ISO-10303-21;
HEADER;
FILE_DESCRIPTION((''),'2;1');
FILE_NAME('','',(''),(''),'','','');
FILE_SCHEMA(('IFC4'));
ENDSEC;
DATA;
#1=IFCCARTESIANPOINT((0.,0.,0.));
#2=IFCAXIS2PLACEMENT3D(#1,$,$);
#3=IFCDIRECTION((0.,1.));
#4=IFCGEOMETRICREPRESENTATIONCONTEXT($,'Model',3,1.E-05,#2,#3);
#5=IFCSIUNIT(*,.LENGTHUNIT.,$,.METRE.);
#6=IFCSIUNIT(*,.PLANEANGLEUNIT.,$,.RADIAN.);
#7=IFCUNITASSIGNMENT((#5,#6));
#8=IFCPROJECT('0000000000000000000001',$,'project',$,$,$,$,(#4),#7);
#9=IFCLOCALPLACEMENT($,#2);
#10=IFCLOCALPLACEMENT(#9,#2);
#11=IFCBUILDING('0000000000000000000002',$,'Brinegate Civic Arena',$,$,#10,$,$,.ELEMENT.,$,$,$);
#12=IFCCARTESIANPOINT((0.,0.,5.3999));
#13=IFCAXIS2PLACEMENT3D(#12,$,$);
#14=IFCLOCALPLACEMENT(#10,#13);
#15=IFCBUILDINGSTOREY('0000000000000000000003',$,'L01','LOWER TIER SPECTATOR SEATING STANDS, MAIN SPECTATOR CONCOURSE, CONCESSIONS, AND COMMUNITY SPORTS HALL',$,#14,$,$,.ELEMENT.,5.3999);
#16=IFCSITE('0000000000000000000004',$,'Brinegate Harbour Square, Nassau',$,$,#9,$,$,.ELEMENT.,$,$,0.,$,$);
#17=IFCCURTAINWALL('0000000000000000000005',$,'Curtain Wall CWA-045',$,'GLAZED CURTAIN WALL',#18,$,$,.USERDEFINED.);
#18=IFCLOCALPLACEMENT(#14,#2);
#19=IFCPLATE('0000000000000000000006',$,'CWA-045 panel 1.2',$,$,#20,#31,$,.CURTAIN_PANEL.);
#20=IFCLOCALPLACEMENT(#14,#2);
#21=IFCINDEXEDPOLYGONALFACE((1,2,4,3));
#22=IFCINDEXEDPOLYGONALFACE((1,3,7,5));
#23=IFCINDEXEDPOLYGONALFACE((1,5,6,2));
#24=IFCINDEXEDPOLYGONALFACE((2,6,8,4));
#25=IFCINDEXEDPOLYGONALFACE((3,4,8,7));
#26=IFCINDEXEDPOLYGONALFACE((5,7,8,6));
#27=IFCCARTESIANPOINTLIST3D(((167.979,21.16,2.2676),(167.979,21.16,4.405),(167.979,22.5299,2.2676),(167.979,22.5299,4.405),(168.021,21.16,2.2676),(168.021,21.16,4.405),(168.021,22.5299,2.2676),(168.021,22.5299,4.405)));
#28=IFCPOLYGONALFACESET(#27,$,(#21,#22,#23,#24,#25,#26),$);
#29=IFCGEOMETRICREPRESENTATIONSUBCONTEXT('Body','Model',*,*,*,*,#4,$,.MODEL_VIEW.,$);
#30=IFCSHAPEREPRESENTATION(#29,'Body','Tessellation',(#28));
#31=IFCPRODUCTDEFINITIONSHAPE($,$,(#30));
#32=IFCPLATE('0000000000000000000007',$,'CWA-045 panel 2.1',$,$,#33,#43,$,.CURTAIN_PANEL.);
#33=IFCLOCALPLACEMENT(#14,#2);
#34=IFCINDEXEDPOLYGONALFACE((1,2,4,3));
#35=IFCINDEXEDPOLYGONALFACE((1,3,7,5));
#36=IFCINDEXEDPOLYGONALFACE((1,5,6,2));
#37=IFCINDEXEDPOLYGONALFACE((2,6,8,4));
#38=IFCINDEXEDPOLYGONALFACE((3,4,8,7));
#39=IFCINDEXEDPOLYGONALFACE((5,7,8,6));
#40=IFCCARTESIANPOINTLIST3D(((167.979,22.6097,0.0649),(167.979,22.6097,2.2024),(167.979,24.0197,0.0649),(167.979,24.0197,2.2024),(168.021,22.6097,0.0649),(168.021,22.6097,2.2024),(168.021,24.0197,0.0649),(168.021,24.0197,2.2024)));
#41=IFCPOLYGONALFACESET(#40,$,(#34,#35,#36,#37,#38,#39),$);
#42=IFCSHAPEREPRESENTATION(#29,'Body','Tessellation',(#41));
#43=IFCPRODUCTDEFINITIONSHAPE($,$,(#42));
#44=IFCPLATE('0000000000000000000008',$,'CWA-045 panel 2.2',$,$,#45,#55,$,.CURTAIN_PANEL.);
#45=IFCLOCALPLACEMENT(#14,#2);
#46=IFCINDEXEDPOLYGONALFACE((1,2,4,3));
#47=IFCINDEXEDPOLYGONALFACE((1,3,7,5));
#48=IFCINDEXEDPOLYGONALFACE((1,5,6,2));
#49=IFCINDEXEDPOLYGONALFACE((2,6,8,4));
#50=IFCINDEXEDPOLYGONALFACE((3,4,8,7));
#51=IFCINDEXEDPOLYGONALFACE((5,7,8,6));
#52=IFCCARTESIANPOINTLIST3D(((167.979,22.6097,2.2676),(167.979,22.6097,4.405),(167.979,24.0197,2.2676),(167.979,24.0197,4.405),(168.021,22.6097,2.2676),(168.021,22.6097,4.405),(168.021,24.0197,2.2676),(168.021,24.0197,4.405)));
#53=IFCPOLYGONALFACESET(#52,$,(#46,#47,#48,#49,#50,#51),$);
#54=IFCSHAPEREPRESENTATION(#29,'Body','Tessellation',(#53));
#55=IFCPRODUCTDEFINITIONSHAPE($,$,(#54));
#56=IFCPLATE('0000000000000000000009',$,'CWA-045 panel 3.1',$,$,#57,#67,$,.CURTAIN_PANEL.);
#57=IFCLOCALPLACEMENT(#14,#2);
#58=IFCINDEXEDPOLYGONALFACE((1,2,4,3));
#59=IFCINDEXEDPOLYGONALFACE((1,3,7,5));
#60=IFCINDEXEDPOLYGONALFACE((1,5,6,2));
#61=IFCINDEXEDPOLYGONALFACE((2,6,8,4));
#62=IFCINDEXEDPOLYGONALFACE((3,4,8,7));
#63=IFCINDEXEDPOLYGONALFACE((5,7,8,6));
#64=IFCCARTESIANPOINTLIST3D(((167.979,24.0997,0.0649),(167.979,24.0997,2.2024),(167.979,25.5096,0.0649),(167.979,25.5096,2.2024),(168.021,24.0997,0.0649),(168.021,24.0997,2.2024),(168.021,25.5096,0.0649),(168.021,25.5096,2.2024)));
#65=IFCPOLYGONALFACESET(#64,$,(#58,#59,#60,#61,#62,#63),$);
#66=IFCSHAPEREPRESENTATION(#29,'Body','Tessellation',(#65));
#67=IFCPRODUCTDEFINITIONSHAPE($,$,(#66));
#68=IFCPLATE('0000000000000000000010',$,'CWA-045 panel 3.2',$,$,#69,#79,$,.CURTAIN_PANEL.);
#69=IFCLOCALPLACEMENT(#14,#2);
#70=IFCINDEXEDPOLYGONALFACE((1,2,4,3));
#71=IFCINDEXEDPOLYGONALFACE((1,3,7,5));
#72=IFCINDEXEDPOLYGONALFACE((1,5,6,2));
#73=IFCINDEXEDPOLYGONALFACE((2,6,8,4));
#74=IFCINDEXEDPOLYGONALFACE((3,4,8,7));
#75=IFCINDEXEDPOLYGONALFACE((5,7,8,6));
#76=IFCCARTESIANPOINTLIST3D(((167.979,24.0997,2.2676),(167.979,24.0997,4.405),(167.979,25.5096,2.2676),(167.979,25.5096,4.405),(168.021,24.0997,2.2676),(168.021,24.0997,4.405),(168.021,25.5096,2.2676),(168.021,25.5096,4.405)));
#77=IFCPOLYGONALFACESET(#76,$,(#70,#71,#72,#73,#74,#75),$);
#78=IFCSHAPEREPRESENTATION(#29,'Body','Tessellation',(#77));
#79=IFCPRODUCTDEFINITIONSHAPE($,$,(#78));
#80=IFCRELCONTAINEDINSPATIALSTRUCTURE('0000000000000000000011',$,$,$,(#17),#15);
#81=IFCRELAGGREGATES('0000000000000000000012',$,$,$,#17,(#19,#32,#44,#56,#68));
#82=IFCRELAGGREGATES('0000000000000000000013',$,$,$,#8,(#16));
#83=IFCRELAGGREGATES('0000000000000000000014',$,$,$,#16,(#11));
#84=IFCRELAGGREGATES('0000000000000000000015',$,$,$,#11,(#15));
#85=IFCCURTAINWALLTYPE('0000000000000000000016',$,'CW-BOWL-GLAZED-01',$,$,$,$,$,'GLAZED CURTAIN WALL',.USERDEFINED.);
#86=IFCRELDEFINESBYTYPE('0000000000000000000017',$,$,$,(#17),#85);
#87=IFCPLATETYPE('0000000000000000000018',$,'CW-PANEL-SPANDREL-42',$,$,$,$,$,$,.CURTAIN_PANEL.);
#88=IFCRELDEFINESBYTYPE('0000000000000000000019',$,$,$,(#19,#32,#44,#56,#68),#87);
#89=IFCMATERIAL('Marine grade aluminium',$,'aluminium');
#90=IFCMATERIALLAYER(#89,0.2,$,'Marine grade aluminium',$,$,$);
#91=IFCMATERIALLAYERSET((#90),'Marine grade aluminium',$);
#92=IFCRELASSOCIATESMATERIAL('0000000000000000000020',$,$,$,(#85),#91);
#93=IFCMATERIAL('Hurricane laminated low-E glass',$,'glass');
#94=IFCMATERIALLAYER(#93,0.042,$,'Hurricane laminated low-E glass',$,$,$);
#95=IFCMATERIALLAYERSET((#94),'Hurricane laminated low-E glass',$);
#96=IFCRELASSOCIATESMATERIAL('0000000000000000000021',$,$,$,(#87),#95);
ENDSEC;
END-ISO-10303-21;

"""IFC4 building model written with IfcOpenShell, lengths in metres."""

from ifc_helpers import new_model, si_unit, direction, frame, origin, origin_2d, place, context, subcontext, project, spatial, rectangle, extrude, material, layer, layer_set, type_object, element, aggregate, save


model = new_model("IFC4")

# Units and contexts
model_context = context("Model", 3, precision=1e-05, world=origin(), true_north=direction((0.0, 1.0)))
body_context = subcontext(model_context, "Body", "Model", "MODEL_VIEW")
ifc_project = project(units=[si_unit("LENGTHUNIT", "METRE"), si_unit("PLANEANGLEUNIT", "RADIAN")], contexts=[model_context])

# Site, building, storey
site_placement = place(None, origin())
site = spatial("IfcSite", under=ifc_project, at=site_placement, Name="Brinegate Harbour Square, Nassau", CompositionType="ELEMENT", RefElevation=0.0)
building_placement = place(site_placement, origin())
building = spatial("IfcBuilding", under=site, at=building_placement, Name="Brinegate Civic Arena", CompositionType="ELEMENT")
storey_placement = place(building_placement, frame((0.0, 0.0, 5.3999)))
storey = spatial("IfcBuildingStorey", under=building, at=storey_placement, Name="L01", Description="LOWER TIER SPECTATOR SEATING STANDS, MAIN SPECTATOR CONCOURSE, CONCESSIONS, AND COMMUNITY SPORTS HALL", CompositionType="ELEMENT", Elevation=5.3999)

# Curtain wall
ifc_material_1 = material(Name="Marine grade aluminium", Category="aluminium")
ifc_layer_1 = layer(ifc_material_1, 0.2, Name="Marine grade aluminium")
ifc_layer_set_1 = layer_set([ifc_layer_1], Name="Marine grade aluminium")
curtain_wall_type = type_object("IfcCurtainWallType", Name="CW-BOWL-GLAZED-01", ElementType="GLAZED CURTAIN WALL", PredefinedType="USERDEFINED", material=ifc_layer_set_1)
curtain_wall_placement = place(storey_placement, origin())
curtain_wall = element("IfcCurtainWall", 1, at=curtain_wall_placement, inside=storey, type_object=curtain_wall_type, Name="Curtain Wall CWA-045", ObjectType="GLAZED CURTAIN WALL", PredefinedType="USERDEFINED")

# Plates
ifc_material_2 = material(Name="Hurricane laminated low-E glass", Category="glass")
ifc_layer_2 = layer(ifc_material_2, 0.042, Name="Hurricane laminated low-E glass")
ifc_layer_set_2 = layer_set([ifc_layer_2], Name="Hurricane laminated low-E glass")
plate_type = type_object("IfcPlateType", Name="CW-PANEL-SPANDREL-42", PredefinedType="CURTAIN_PANEL", material=ifc_layer_set_2)
plate_1_placement = place(storey_placement, frame((168.0, 21.845, 2.2676), z_axis=(0.0, 0.0, 1.0), x_axis=(0.0, 1.0, 0.0)))
plate_1 = element("IfcPlate", 2, at=plate_1_placement, type_object=plate_type, Name="CWA-045 panel 1.2", PredefinedType="CURTAIN_PANEL", context=body_context, shape_type="SweptSolid", body=[
    extrude(rectangle(XDim=1.3699, YDim=0.042, at=origin_2d()), origin(), (0.0, 0.0, 1.0), 2.1375),
])
plate_2_placement = place(storey_placement, frame((168.0, 23.3147, 0.0649), z_axis=(0.0, 0.0, 1.0), x_axis=(0.0, 1.0, 0.0)))
plate_2 = element("IfcPlate", 3, at=plate_2_placement, type_object=plate_type, Name="CWA-045 panel 2.1", PredefinedType="CURTAIN_PANEL", context=body_context, shape_type="SweptSolid", body=[
    extrude(rectangle(XDim=1.4099, YDim=0.042, at=origin_2d()), origin(), (0.0, 0.0, 1.0), 2.1375),
])
plate_3_placement = place(storey_placement, frame((168.0, 23.3147, 2.2676), z_axis=(0.0, 0.0, 1.0), x_axis=(0.0, 1.0, 0.0)))
plate_3 = element("IfcPlate", 4, at=plate_3_placement, type_object=plate_type, Name="CWA-045 panel 2.2", PredefinedType="CURTAIN_PANEL", context=body_context, shape_type="SweptSolid", body=[
    extrude(rectangle(XDim=1.4099, YDim=0.042, at=origin_2d()), origin(), (0.0, 0.0, 1.0), 2.1375),
])
plate_4_placement = place(storey_placement, frame((168.0, 24.8047, 0.0649), z_axis=(0.0, 0.0, 1.0), x_axis=(0.0, 1.0, 0.0)))
plate_4 = element("IfcPlate", 5, at=plate_4_placement, type_object=plate_type, Name="CWA-045 panel 3.1", PredefinedType="CURTAIN_PANEL", context=body_context, shape_type="SweptSolid", body=[
    extrude(rectangle(XDim=1.4099, YDim=0.042, at=origin_2d()), origin(), (0.0, 0.0, 1.0), 2.1375),
])
plate_5_placement = place(storey_placement, frame((168.0, 24.8047, 2.2676), z_axis=(0.0, 0.0, 1.0), x_axis=(0.0, 1.0, 0.0)))
plate_5 = element("IfcPlate", 6, at=plate_5_placement, type_object=plate_type, Name="CWA-045 panel 3.2", PredefinedType="CURTAIN_PANEL", context=body_context, shape_type="SweptSolid", body=[
    extrude(rectangle(XDim=1.4099, YDim=0.042, at=origin_2d()), origin(), (0.0, 0.0, 1.0), 2.1375),
])
aggregate(curtain_wall, [plate_1, plate_2, plate_3, plate_4, plate_5])

save(model, "model.ifc")
